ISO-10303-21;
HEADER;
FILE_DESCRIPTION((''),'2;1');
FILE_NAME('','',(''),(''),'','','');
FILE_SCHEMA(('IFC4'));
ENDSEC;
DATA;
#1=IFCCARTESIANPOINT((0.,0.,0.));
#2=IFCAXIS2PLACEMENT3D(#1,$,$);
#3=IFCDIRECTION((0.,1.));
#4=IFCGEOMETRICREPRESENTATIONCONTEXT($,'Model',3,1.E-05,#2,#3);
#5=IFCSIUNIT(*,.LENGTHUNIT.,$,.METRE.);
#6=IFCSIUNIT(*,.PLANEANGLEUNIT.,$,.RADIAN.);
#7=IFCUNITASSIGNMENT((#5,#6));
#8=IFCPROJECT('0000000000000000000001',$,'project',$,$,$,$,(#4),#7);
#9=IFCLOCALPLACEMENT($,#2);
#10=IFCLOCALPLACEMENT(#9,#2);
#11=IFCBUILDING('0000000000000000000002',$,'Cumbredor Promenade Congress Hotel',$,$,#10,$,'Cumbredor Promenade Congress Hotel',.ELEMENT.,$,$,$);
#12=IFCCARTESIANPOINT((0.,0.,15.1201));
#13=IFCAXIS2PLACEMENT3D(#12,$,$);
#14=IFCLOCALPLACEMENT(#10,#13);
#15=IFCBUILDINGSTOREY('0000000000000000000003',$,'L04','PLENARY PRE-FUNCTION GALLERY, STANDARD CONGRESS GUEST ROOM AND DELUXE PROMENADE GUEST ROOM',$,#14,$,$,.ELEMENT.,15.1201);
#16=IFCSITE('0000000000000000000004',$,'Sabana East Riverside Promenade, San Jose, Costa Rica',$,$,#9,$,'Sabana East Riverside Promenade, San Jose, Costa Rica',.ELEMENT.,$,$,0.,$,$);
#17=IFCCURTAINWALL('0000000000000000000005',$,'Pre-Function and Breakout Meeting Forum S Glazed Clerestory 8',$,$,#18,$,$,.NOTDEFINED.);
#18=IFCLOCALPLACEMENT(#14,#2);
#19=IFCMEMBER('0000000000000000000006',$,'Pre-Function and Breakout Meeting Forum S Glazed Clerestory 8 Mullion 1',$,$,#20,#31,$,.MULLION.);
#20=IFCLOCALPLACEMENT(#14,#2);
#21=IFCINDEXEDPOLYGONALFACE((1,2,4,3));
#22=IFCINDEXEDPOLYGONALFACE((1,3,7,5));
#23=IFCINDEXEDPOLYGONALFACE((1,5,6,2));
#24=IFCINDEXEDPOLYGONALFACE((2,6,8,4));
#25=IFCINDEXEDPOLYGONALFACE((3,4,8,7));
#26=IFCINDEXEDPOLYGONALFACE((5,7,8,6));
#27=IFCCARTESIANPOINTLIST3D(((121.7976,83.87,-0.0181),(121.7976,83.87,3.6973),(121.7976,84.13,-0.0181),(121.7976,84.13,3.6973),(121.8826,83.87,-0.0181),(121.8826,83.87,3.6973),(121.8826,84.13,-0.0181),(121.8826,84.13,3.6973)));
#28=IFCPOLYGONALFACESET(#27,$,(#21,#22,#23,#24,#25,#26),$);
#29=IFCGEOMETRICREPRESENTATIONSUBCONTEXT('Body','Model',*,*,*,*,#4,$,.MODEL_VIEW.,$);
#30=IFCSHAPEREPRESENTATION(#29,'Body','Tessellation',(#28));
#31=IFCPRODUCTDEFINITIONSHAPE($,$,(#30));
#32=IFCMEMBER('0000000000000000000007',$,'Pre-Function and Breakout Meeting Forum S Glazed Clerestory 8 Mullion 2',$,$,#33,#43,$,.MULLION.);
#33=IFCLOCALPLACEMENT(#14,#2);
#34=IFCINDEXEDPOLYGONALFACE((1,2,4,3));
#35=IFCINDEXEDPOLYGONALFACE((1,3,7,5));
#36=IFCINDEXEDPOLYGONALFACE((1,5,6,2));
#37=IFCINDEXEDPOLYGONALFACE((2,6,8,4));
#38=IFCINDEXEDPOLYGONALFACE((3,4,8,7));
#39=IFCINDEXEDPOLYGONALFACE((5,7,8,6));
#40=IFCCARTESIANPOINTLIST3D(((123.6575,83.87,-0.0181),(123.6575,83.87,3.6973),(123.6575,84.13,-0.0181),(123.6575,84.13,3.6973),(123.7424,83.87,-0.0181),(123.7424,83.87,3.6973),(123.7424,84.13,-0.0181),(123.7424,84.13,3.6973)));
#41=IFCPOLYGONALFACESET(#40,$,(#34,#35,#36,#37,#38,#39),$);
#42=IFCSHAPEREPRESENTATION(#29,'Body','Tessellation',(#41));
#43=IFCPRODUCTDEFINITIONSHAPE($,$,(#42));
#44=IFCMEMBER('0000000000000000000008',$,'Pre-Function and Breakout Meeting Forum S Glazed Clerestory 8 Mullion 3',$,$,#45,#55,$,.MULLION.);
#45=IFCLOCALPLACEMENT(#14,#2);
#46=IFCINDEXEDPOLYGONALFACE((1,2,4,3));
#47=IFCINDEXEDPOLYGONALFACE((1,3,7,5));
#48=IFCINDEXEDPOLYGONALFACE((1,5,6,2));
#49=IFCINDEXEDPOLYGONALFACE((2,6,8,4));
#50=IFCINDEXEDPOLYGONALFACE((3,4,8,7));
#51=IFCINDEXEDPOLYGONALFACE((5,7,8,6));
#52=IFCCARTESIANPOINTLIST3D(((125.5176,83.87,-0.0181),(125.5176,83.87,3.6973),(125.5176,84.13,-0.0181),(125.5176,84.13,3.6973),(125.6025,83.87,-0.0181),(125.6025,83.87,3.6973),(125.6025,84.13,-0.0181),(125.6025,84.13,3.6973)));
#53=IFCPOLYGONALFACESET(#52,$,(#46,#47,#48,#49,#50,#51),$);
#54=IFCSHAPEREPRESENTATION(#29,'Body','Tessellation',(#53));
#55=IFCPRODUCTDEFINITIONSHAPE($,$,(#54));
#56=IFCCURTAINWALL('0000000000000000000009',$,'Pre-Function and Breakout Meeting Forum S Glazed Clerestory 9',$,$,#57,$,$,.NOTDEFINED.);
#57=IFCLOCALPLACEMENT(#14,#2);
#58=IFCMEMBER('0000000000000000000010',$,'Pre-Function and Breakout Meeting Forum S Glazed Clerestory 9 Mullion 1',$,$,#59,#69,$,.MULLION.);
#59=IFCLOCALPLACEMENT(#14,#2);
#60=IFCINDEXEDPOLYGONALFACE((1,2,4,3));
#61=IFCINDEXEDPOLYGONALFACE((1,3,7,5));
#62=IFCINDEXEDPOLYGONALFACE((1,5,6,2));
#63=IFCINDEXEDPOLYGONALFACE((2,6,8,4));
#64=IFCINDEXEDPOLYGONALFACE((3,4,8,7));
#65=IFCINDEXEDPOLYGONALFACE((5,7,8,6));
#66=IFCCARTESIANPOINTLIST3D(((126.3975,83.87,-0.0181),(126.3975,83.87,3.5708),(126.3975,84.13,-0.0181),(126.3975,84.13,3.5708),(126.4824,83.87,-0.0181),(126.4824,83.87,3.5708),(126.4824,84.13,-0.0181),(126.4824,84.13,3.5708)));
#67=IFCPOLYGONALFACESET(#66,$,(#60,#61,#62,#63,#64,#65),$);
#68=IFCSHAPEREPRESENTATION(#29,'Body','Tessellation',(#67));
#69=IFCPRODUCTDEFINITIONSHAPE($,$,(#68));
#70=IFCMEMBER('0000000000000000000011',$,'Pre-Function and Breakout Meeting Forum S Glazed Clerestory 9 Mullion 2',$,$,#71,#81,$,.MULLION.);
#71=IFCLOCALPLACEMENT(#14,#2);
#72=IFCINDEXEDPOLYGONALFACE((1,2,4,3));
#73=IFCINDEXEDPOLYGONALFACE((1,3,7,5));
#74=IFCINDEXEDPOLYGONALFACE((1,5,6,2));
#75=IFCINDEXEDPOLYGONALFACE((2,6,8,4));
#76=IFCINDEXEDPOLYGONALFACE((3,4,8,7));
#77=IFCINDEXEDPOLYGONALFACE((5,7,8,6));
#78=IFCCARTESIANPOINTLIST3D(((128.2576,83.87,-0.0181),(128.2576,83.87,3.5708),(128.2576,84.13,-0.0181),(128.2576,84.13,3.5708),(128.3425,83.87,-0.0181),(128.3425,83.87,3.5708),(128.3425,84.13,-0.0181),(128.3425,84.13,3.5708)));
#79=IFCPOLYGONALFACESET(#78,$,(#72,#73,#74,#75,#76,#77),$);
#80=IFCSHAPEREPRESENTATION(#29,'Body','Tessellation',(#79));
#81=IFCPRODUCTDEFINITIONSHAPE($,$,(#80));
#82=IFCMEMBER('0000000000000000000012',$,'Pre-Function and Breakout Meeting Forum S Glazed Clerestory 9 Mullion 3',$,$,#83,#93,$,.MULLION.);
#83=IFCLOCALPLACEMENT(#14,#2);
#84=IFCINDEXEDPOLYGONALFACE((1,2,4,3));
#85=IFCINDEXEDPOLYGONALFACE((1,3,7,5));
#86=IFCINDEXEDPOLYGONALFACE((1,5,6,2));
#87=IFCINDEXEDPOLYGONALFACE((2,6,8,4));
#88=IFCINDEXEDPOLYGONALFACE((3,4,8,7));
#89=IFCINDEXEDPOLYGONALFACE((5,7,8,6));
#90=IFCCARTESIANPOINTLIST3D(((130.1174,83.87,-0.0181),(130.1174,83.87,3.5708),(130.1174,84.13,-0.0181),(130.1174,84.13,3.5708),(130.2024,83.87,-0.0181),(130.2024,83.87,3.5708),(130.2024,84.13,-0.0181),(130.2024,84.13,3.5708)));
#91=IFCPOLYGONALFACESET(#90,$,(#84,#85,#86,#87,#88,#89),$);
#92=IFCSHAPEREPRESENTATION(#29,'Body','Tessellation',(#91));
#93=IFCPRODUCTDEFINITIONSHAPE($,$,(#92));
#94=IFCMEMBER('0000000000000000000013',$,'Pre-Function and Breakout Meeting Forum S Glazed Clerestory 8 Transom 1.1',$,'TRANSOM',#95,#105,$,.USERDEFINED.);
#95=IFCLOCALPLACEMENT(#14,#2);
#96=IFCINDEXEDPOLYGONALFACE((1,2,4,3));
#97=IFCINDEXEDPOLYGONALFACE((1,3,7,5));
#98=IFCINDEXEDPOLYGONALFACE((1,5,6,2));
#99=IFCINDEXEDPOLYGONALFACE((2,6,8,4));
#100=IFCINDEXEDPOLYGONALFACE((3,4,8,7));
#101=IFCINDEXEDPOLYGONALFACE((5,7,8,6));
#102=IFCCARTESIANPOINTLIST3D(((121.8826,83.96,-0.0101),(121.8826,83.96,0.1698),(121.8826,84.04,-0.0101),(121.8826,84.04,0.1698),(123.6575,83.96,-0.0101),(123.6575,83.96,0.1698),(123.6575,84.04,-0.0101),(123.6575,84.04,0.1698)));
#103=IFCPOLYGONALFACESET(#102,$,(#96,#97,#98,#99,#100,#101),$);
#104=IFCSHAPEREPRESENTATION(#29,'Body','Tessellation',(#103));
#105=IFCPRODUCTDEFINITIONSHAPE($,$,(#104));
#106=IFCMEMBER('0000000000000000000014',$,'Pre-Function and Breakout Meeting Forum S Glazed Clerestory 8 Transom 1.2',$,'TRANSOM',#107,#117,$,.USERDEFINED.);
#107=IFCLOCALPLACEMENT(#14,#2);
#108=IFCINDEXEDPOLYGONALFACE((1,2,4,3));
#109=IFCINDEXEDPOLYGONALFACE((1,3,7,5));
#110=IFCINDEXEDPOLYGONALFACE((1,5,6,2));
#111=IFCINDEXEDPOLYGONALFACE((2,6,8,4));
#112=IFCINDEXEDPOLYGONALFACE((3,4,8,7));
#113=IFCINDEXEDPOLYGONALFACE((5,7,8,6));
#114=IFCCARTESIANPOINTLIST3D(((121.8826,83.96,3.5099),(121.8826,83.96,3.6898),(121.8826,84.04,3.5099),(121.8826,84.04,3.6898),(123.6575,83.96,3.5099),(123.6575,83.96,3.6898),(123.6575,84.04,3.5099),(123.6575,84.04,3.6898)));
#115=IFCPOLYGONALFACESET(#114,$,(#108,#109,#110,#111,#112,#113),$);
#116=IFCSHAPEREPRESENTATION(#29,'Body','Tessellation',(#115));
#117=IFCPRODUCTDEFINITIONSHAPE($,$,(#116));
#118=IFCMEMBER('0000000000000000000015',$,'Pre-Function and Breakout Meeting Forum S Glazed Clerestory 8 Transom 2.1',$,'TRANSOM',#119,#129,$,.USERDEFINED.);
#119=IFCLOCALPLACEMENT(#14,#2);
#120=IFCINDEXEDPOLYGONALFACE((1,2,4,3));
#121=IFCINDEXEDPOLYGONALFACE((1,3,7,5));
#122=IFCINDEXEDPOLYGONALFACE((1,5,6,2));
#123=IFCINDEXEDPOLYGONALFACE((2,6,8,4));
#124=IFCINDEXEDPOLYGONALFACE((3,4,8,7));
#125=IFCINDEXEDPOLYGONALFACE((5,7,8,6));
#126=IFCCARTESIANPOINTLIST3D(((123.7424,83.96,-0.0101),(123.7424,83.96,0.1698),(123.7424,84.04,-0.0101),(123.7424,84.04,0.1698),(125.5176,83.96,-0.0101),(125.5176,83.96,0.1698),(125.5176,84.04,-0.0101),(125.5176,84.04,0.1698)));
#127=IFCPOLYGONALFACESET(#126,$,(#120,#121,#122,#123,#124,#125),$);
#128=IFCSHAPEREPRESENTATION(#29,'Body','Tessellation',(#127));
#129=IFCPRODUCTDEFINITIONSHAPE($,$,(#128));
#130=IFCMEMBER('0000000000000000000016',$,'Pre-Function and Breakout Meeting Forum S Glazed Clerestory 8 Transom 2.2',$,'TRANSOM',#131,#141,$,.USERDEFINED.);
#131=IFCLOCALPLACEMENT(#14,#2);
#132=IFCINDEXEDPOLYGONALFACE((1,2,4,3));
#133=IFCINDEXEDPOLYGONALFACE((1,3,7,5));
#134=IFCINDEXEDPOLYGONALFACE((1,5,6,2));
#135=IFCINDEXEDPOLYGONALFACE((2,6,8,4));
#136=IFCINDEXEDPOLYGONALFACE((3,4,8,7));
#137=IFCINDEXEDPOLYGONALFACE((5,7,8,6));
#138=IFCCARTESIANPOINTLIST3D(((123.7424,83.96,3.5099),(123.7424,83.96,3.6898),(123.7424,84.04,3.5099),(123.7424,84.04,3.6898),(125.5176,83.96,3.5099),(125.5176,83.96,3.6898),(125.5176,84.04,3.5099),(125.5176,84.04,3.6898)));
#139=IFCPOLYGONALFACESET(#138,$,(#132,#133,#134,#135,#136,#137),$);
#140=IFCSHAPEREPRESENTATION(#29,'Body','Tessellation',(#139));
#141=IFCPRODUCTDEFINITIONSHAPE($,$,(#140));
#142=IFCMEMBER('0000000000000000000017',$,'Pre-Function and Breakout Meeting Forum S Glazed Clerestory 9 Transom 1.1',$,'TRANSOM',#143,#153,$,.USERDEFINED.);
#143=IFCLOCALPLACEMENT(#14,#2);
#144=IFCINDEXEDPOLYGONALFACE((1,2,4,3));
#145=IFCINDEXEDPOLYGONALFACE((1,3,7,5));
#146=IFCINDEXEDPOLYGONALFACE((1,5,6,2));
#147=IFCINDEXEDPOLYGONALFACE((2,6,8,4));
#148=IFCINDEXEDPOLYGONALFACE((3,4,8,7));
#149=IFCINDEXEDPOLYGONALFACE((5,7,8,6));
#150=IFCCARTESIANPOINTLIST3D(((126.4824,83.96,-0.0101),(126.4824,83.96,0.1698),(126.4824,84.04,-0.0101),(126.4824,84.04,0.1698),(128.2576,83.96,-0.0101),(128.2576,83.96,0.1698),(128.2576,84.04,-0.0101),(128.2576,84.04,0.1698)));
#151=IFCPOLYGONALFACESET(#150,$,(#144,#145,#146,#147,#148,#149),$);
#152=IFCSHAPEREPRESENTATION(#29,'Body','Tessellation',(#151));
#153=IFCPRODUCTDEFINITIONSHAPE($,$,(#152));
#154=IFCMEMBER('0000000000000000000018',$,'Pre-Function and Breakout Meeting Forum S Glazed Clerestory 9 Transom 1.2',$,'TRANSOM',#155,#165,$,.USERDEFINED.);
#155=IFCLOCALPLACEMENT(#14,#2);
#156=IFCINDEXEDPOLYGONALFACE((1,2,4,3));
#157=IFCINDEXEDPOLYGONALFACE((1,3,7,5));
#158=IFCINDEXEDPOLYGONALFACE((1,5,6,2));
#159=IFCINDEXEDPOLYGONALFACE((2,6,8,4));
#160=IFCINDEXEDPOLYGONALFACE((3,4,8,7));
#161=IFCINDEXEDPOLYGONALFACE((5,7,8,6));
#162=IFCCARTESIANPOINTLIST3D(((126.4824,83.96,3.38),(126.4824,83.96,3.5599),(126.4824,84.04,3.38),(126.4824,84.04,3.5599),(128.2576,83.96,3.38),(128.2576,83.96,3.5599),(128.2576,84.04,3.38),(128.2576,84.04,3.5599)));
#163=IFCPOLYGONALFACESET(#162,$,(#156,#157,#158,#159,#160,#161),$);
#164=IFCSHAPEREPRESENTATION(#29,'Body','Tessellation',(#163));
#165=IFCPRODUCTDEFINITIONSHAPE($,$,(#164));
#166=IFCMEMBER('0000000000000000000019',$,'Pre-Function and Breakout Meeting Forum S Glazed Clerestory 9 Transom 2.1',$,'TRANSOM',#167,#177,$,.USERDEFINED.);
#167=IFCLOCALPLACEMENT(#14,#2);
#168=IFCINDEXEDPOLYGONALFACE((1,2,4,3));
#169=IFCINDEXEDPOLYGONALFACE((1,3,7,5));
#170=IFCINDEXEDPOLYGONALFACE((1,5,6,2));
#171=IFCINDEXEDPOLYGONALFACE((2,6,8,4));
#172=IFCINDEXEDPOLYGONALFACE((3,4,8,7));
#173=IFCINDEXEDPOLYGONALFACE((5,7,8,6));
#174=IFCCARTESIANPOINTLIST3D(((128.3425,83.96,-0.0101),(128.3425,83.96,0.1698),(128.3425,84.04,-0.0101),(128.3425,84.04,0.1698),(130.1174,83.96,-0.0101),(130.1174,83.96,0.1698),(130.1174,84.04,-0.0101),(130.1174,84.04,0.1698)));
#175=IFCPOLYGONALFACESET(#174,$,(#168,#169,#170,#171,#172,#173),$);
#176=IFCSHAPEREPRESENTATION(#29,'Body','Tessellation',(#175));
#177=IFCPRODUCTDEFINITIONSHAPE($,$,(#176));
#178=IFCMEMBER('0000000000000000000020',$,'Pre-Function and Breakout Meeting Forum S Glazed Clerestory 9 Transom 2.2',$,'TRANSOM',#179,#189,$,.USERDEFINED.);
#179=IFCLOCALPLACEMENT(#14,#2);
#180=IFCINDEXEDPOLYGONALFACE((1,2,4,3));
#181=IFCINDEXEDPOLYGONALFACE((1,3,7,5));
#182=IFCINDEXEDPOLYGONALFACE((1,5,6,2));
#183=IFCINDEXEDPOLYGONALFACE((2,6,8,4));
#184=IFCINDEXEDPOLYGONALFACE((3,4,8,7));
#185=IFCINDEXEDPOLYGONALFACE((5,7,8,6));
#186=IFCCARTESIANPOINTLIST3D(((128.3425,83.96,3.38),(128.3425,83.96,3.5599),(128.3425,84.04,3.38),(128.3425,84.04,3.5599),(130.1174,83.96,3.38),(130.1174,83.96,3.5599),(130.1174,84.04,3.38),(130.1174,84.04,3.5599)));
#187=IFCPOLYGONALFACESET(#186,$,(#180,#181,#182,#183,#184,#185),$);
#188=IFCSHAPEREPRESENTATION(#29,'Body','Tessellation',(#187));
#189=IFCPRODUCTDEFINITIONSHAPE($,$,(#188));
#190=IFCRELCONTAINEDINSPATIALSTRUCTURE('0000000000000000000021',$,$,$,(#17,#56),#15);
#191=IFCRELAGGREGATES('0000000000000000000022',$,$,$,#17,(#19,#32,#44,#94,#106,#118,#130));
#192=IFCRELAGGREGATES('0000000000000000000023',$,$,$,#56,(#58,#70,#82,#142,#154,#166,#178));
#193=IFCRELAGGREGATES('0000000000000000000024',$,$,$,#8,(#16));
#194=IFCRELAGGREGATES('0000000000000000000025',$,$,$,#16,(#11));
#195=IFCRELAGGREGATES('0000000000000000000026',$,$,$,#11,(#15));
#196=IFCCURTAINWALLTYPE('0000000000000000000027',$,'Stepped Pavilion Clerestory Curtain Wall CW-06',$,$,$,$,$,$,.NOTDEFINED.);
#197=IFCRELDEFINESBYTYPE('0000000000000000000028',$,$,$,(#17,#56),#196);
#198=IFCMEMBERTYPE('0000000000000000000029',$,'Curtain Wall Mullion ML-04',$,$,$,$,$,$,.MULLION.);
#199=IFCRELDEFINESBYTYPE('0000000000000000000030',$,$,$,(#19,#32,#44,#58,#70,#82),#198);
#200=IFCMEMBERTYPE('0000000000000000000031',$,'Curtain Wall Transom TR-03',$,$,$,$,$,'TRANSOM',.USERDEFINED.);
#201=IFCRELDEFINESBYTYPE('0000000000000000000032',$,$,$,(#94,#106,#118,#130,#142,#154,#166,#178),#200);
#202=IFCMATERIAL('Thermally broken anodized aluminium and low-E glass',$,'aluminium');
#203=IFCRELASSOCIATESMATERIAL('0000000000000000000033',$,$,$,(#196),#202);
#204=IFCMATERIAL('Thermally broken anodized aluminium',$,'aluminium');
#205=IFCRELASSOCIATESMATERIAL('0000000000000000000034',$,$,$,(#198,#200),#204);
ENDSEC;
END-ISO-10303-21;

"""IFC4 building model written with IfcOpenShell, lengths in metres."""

from ifc_helpers import new_model, si_unit, direction, frame, origin, origin_2d, place, context, subcontext, project, spatial, rectangle, extrude, material, material_profile, profile_set, type_object, element, aggregate, save


model = new_model("IFC4")

# Units and contexts
model_context = context("Model", 3, precision=1e-05, world=origin(), true_north=direction((0.0, 1.0)))
body_context = subcontext(model_context, "Body", "Model", "MODEL_VIEW")
ifc_project = project(units=[si_unit("LENGTHUNIT", "METRE"), si_unit("PLANEANGLEUNIT", "RADIAN")], contexts=[model_context])

# Site, building, storey
site_placement = place(None, origin())
site = spatial("IfcSite", under=ifc_project, at=site_placement, Name="Sabana East Riverside Promenade, San Jose, Costa Rica", LongName="Sabana East Riverside Promenade, San Jose, Costa Rica", CompositionType="ELEMENT", RefElevation=0.0)
building_placement = place(site_placement, origin())
building = spatial("IfcBuilding", under=site, at=building_placement, Name="Cumbredor Promenade Congress Hotel", LongName="Cumbredor Promenade Congress Hotel", CompositionType="ELEMENT")
storey_placement = place(building_placement, frame((0.0, 0.0, 15.1201)))
storey = spatial("IfcBuildingStorey", under=building, at=storey_placement, Name="L04", Description="PLENARY PRE-FUNCTION GALLERY, STANDARD CONGRESS GUEST ROOM AND DELUXE PROMENADE GUEST ROOM", CompositionType="ELEMENT", Elevation=15.1201)

# Curtain walls, members
ifc_material_1 = material(Name="Thermally broken anodized aluminium and low-E glass", Category="aluminium")
curtain_wall_type = type_object("IfcCurtainWallType", Name="Stepped Pavilion Clerestory Curtain Wall CW-06", PredefinedType="NOTDEFINED", material=ifc_material_1)
curtain_wall_1_placement = place(storey_placement, origin())
curtain_wall_1 = element("IfcCurtainWall", 1, at=curtain_wall_1_placement, inside=storey, type_object=curtain_wall_type, Name="Pre-Function and Breakout Meeting Forum S Glazed Clerestory 8", PredefinedType="NOTDEFINED")
ifc_material_2 = material(Name="Thermally broken anodized aluminium", Category="aluminium")
ifc_material_profile_1 = material_profile(ifc_material_2, rectangle(XDim=0.085, YDim=0.26, at=origin_2d()), Name="ALU MULLION CLERESTORY 85x260")
ifc_profile_set_1 = profile_set([ifc_material_profile_1], Name="Thermally broken anodized aluminium")
member_type_1 = type_object("IfcMemberType", Name="Curtain Wall Mullion ML-04", PredefinedType="MULLION", material=ifc_profile_set_1)
member_1_placement = place(storey_placement, frame((121.8401, 84.0, -0.0181), z_axis=(0.0, 0.0, 1.0), x_axis=(1.0, 0.0, 0.0)))
member_1 = element("IfcMember", 2, at=member_1_placement, type_object=member_type_1, Name="Pre-Function and Breakout Meeting Forum S Glazed Clerestory 8 Mullion 1", PredefinedType="MULLION", context=body_context, shape_type="SweptSolid", body=[
    extrude(rectangle(XDim=0.085, YDim=0.26, at=origin_2d()), origin(), (0.0, 0.0, 1.0), 3.7153),
])
member_2_placement = place(storey_placement, frame((123.7, 84.0, -0.0181), z_axis=(0.0, 0.0, 1.0), x_axis=(1.0, 0.0, 0.0)))
member_2 = element("IfcMember", 3, at=member_2_placement, type_object=member_type_1, Name="Pre-Function and Breakout Meeting Forum S Glazed Clerestory 8 Mullion 2", PredefinedType="MULLION", context=body_context, shape_type="SweptSolid", body=[
    extrude(rectangle(XDim=0.085, YDim=0.26, at=origin_2d()), origin(), (0.0, 0.0, 1.0), 3.7153),
])
member_3_placement = place(storey_placement, frame((125.5601, 84.0, -0.0181), z_axis=(0.0, 0.0, 1.0), x_axis=(1.0, 0.0, 0.0)))
member_3 = element("IfcMember", 4, at=member_3_placement, type_object=member_type_1, Name="Pre-Function and Breakout Meeting Forum S Glazed Clerestory 8 Mullion 3", PredefinedType="MULLION", context=body_context, shape_type="SweptSolid", body=[
    extrude(rectangle(XDim=0.085, YDim=0.26, at=origin_2d()), origin(), (0.0, 0.0, 1.0), 3.7153),
])
curtain_wall_2_placement = place(storey_placement, origin())
curtain_wall_2 = element("IfcCurtainWall", 5, at=curtain_wall_2_placement, inside=storey, type_object=curtain_wall_type, Name="Pre-Function and Breakout Meeting Forum S Glazed Clerestory 9", PredefinedType="NOTDEFINED")
member_4_placement = place(storey_placement, frame((126.4399, 84.0, -0.0181), z_axis=(0.0, 0.0, 1.0), x_axis=(1.0, 0.0, 0.0)))
member_4 = element("IfcMember", 6, at=member_4_placement, type_object=member_type_1, Name="Pre-Function and Breakout Meeting Forum S Glazed Clerestory 9 Mullion 1", PredefinedType="MULLION", context=body_context, shape_type="SweptSolid", body=[
    extrude(rectangle(XDim=0.085, YDim=0.26, at=origin_2d()), origin(), (0.0, 0.0, 1.0), 3.5889),
])
member_5_placement = place(storey_placement, frame((128.3, 84.0, -0.0181), z_axis=(0.0, 0.0, 1.0), x_axis=(1.0, 0.0, 0.0)))
member_5 = element("IfcMember", 7, at=member_5_placement, type_object=member_type_1, Name="Pre-Function and Breakout Meeting Forum S Glazed Clerestory 9 Mullion 2", PredefinedType="MULLION", context=body_context, shape_type="SweptSolid", body=[
    extrude(rectangle(XDim=0.085, YDim=0.26, at=origin_2d()), origin(), (0.0, 0.0, 1.0), 3.5889),
])
member_6_placement = place(storey_placement, frame((130.1599, 84.0, -0.0181), z_axis=(0.0, 0.0, 1.0), x_axis=(1.0, 0.0, 0.0)))
member_6 = element("IfcMember", 8, at=member_6_placement, type_object=member_type_1, Name="Pre-Function and Breakout Meeting Forum S Glazed Clerestory 9 Mullion 3", PredefinedType="MULLION", context=body_context, shape_type="SweptSolid", body=[
    extrude(rectangle(XDim=0.085, YDim=0.26, at=origin_2d()), origin(), (0.0, 0.0, 1.0), 3.5889),
])

# Members
ifc_material_profile_2 = material_profile(ifc_material_2, rectangle(XDim=0.0801, YDim=0.1799, at=origin_2d()), Name="ALU TRANSOM 80x180")
ifc_profile_set_2 = profile_set([ifc_material_profile_2], Name="Thermally broken anodized aluminium")
member_type_2 = type_object("IfcMemberType", Name="Curtain Wall Transom TR-03", ElementType="TRANSOM", PredefinedType="USERDEFINED", material=ifc_profile_set_2)
member_7_placement = place(storey_placement, frame((121.8826, 84.0, 0.0798), z_axis=(1.0, 0.0, 0.0), x_axis=(0.0, 1.0, 0.0)))
member_7 = element("IfcMember", 9, at=member_7_placement, type_object=member_type_2, Name="Pre-Function and Breakout Meeting Forum S Glazed Clerestory 8 Transom 1.1", ObjectType="TRANSOM", PredefinedType="USERDEFINED", context=body_context, shape_type="SweptSolid", body=[
    extrude(rectangle(XDim=0.0801, YDim=0.1799, at=origin_2d()), origin(), (0.0, 0.0, 1.0), 1.7749),
])
member_8_placement = place(storey_placement, frame((121.8826, 84.0, 3.5999), z_axis=(1.0, 0.0, 0.0), x_axis=(0.0, 1.0, 0.0)))
member_8 = element("IfcMember", 10, at=member_8_placement, type_object=member_type_2, Name="Pre-Function and Breakout Meeting Forum S Glazed Clerestory 8 Transom 1.2", ObjectType="TRANSOM", PredefinedType="USERDEFINED", context=body_context, shape_type="SweptSolid", body=[
    extrude(rectangle(XDim=0.0801, YDim=0.1799, at=origin_2d()), origin(), (0.0, 0.0, 1.0), 1.7749),
])
member_9_placement = place(storey_placement, frame((123.7424, 84.0, 0.0798), z_axis=(1.0, 0.0, 0.0), x_axis=(0.0, 1.0, 0.0)))
member_9 = element("IfcMember", 11, at=member_9_placement, type_object=member_type_2, Name="Pre-Function and Breakout Meeting Forum S Glazed Clerestory 8 Transom 2.1", ObjectType="TRANSOM", PredefinedType="USERDEFINED", context=body_context, shape_type="SweptSolid", body=[
    extrude(rectangle(XDim=0.0801, YDim=0.1799, at=origin_2d()), origin(), (0.0, 0.0, 1.0), 1.7751),
])
member_10_placement = place(storey_placement, frame((123.7424, 84.0, 3.5999), z_axis=(1.0, 0.0, 0.0), x_axis=(0.0, 1.0, 0.0)))
member_10 = element("IfcMember", 12, at=member_10_placement, type_object=member_type_2, Name="Pre-Function and Breakout Meeting Forum S Glazed Clerestory 8 Transom 2.2", ObjectType="TRANSOM", PredefinedType="USERDEFINED", context=body_context, shape_type="SweptSolid", body=[
    extrude(rectangle(XDim=0.0801, YDim=0.1799, at=origin_2d()), origin(), (0.0, 0.0, 1.0), 1.7751),
])
member_11_placement = place(storey_placement, frame((126.4824, 84.0, 0.0798), z_axis=(1.0, 0.0, 0.0), x_axis=(0.0, 1.0, 0.0)))
member_11 = element("IfcMember", 13, at=member_11_placement, type_object=member_type_2, Name="Pre-Function and Breakout Meeting Forum S Glazed Clerestory 9 Transom 1.1", ObjectType="TRANSOM", PredefinedType="USERDEFINED", context=body_context, shape_type="SweptSolid", body=[
    extrude(rectangle(XDim=0.0801, YDim=0.1799, at=origin_2d()), origin(), (0.0, 0.0, 1.0), 1.7751),
])
member_12_placement = place(storey_placement, frame((126.4824, 84.0, 3.47), z_axis=(1.0, 0.0, 0.0), x_axis=(0.0, 1.0, 0.0)))
member_12 = element("IfcMember", 14, at=member_12_placement, type_object=member_type_2, Name="Pre-Function and Breakout Meeting Forum S Glazed Clerestory 9 Transom 1.2", ObjectType="TRANSOM", PredefinedType="USERDEFINED", context=body_context, shape_type="SweptSolid", body=[
    extrude(rectangle(XDim=0.0801, YDim=0.1799, at=origin_2d()), origin(), (0.0, 0.0, 1.0), 1.7751),
])
member_13_placement = place(storey_placement, frame((128.3425, 84.0, 0.0798), z_axis=(1.0, 0.0, 0.0), x_axis=(0.0, 1.0, 0.0)))
member_13 = element("IfcMember", 15, at=member_13_placement, type_object=member_type_2, Name="Pre-Function and Breakout Meeting Forum S Glazed Clerestory 9 Transom 2.1", ObjectType="TRANSOM", PredefinedType="USERDEFINED", context=body_context, shape_type="SweptSolid", body=[
    extrude(rectangle(XDim=0.0801, YDim=0.1799, at=origin_2d()), origin(), (0.0, 0.0, 1.0), 1.7749),
])
member_14_placement = place(storey_placement, frame((128.3425, 84.0, 3.47), z_axis=(1.0, 0.0, 0.0), x_axis=(0.0, 1.0, 0.0)))
member_14 = element("IfcMember", 16, at=member_14_placement, type_object=member_type_2, Name="Pre-Function and Breakout Meeting Forum S Glazed Clerestory 9 Transom 2.2", ObjectType="TRANSOM", PredefinedType="USERDEFINED", context=body_context, shape_type="SweptSolid", body=[
    extrude(rectangle(XDim=0.0801, YDim=0.1799, at=origin_2d()), origin(), (0.0, 0.0, 1.0), 1.7749),
])

aggregate(curtain_wall_1, [member_1, member_2, member_3, member_7, member_8, member_9, member_10])
aggregate(curtain_wall_2, [member_4, member_5, member_6, member_11, member_12, member_13, member_14])

save(model, "model.ifc")
